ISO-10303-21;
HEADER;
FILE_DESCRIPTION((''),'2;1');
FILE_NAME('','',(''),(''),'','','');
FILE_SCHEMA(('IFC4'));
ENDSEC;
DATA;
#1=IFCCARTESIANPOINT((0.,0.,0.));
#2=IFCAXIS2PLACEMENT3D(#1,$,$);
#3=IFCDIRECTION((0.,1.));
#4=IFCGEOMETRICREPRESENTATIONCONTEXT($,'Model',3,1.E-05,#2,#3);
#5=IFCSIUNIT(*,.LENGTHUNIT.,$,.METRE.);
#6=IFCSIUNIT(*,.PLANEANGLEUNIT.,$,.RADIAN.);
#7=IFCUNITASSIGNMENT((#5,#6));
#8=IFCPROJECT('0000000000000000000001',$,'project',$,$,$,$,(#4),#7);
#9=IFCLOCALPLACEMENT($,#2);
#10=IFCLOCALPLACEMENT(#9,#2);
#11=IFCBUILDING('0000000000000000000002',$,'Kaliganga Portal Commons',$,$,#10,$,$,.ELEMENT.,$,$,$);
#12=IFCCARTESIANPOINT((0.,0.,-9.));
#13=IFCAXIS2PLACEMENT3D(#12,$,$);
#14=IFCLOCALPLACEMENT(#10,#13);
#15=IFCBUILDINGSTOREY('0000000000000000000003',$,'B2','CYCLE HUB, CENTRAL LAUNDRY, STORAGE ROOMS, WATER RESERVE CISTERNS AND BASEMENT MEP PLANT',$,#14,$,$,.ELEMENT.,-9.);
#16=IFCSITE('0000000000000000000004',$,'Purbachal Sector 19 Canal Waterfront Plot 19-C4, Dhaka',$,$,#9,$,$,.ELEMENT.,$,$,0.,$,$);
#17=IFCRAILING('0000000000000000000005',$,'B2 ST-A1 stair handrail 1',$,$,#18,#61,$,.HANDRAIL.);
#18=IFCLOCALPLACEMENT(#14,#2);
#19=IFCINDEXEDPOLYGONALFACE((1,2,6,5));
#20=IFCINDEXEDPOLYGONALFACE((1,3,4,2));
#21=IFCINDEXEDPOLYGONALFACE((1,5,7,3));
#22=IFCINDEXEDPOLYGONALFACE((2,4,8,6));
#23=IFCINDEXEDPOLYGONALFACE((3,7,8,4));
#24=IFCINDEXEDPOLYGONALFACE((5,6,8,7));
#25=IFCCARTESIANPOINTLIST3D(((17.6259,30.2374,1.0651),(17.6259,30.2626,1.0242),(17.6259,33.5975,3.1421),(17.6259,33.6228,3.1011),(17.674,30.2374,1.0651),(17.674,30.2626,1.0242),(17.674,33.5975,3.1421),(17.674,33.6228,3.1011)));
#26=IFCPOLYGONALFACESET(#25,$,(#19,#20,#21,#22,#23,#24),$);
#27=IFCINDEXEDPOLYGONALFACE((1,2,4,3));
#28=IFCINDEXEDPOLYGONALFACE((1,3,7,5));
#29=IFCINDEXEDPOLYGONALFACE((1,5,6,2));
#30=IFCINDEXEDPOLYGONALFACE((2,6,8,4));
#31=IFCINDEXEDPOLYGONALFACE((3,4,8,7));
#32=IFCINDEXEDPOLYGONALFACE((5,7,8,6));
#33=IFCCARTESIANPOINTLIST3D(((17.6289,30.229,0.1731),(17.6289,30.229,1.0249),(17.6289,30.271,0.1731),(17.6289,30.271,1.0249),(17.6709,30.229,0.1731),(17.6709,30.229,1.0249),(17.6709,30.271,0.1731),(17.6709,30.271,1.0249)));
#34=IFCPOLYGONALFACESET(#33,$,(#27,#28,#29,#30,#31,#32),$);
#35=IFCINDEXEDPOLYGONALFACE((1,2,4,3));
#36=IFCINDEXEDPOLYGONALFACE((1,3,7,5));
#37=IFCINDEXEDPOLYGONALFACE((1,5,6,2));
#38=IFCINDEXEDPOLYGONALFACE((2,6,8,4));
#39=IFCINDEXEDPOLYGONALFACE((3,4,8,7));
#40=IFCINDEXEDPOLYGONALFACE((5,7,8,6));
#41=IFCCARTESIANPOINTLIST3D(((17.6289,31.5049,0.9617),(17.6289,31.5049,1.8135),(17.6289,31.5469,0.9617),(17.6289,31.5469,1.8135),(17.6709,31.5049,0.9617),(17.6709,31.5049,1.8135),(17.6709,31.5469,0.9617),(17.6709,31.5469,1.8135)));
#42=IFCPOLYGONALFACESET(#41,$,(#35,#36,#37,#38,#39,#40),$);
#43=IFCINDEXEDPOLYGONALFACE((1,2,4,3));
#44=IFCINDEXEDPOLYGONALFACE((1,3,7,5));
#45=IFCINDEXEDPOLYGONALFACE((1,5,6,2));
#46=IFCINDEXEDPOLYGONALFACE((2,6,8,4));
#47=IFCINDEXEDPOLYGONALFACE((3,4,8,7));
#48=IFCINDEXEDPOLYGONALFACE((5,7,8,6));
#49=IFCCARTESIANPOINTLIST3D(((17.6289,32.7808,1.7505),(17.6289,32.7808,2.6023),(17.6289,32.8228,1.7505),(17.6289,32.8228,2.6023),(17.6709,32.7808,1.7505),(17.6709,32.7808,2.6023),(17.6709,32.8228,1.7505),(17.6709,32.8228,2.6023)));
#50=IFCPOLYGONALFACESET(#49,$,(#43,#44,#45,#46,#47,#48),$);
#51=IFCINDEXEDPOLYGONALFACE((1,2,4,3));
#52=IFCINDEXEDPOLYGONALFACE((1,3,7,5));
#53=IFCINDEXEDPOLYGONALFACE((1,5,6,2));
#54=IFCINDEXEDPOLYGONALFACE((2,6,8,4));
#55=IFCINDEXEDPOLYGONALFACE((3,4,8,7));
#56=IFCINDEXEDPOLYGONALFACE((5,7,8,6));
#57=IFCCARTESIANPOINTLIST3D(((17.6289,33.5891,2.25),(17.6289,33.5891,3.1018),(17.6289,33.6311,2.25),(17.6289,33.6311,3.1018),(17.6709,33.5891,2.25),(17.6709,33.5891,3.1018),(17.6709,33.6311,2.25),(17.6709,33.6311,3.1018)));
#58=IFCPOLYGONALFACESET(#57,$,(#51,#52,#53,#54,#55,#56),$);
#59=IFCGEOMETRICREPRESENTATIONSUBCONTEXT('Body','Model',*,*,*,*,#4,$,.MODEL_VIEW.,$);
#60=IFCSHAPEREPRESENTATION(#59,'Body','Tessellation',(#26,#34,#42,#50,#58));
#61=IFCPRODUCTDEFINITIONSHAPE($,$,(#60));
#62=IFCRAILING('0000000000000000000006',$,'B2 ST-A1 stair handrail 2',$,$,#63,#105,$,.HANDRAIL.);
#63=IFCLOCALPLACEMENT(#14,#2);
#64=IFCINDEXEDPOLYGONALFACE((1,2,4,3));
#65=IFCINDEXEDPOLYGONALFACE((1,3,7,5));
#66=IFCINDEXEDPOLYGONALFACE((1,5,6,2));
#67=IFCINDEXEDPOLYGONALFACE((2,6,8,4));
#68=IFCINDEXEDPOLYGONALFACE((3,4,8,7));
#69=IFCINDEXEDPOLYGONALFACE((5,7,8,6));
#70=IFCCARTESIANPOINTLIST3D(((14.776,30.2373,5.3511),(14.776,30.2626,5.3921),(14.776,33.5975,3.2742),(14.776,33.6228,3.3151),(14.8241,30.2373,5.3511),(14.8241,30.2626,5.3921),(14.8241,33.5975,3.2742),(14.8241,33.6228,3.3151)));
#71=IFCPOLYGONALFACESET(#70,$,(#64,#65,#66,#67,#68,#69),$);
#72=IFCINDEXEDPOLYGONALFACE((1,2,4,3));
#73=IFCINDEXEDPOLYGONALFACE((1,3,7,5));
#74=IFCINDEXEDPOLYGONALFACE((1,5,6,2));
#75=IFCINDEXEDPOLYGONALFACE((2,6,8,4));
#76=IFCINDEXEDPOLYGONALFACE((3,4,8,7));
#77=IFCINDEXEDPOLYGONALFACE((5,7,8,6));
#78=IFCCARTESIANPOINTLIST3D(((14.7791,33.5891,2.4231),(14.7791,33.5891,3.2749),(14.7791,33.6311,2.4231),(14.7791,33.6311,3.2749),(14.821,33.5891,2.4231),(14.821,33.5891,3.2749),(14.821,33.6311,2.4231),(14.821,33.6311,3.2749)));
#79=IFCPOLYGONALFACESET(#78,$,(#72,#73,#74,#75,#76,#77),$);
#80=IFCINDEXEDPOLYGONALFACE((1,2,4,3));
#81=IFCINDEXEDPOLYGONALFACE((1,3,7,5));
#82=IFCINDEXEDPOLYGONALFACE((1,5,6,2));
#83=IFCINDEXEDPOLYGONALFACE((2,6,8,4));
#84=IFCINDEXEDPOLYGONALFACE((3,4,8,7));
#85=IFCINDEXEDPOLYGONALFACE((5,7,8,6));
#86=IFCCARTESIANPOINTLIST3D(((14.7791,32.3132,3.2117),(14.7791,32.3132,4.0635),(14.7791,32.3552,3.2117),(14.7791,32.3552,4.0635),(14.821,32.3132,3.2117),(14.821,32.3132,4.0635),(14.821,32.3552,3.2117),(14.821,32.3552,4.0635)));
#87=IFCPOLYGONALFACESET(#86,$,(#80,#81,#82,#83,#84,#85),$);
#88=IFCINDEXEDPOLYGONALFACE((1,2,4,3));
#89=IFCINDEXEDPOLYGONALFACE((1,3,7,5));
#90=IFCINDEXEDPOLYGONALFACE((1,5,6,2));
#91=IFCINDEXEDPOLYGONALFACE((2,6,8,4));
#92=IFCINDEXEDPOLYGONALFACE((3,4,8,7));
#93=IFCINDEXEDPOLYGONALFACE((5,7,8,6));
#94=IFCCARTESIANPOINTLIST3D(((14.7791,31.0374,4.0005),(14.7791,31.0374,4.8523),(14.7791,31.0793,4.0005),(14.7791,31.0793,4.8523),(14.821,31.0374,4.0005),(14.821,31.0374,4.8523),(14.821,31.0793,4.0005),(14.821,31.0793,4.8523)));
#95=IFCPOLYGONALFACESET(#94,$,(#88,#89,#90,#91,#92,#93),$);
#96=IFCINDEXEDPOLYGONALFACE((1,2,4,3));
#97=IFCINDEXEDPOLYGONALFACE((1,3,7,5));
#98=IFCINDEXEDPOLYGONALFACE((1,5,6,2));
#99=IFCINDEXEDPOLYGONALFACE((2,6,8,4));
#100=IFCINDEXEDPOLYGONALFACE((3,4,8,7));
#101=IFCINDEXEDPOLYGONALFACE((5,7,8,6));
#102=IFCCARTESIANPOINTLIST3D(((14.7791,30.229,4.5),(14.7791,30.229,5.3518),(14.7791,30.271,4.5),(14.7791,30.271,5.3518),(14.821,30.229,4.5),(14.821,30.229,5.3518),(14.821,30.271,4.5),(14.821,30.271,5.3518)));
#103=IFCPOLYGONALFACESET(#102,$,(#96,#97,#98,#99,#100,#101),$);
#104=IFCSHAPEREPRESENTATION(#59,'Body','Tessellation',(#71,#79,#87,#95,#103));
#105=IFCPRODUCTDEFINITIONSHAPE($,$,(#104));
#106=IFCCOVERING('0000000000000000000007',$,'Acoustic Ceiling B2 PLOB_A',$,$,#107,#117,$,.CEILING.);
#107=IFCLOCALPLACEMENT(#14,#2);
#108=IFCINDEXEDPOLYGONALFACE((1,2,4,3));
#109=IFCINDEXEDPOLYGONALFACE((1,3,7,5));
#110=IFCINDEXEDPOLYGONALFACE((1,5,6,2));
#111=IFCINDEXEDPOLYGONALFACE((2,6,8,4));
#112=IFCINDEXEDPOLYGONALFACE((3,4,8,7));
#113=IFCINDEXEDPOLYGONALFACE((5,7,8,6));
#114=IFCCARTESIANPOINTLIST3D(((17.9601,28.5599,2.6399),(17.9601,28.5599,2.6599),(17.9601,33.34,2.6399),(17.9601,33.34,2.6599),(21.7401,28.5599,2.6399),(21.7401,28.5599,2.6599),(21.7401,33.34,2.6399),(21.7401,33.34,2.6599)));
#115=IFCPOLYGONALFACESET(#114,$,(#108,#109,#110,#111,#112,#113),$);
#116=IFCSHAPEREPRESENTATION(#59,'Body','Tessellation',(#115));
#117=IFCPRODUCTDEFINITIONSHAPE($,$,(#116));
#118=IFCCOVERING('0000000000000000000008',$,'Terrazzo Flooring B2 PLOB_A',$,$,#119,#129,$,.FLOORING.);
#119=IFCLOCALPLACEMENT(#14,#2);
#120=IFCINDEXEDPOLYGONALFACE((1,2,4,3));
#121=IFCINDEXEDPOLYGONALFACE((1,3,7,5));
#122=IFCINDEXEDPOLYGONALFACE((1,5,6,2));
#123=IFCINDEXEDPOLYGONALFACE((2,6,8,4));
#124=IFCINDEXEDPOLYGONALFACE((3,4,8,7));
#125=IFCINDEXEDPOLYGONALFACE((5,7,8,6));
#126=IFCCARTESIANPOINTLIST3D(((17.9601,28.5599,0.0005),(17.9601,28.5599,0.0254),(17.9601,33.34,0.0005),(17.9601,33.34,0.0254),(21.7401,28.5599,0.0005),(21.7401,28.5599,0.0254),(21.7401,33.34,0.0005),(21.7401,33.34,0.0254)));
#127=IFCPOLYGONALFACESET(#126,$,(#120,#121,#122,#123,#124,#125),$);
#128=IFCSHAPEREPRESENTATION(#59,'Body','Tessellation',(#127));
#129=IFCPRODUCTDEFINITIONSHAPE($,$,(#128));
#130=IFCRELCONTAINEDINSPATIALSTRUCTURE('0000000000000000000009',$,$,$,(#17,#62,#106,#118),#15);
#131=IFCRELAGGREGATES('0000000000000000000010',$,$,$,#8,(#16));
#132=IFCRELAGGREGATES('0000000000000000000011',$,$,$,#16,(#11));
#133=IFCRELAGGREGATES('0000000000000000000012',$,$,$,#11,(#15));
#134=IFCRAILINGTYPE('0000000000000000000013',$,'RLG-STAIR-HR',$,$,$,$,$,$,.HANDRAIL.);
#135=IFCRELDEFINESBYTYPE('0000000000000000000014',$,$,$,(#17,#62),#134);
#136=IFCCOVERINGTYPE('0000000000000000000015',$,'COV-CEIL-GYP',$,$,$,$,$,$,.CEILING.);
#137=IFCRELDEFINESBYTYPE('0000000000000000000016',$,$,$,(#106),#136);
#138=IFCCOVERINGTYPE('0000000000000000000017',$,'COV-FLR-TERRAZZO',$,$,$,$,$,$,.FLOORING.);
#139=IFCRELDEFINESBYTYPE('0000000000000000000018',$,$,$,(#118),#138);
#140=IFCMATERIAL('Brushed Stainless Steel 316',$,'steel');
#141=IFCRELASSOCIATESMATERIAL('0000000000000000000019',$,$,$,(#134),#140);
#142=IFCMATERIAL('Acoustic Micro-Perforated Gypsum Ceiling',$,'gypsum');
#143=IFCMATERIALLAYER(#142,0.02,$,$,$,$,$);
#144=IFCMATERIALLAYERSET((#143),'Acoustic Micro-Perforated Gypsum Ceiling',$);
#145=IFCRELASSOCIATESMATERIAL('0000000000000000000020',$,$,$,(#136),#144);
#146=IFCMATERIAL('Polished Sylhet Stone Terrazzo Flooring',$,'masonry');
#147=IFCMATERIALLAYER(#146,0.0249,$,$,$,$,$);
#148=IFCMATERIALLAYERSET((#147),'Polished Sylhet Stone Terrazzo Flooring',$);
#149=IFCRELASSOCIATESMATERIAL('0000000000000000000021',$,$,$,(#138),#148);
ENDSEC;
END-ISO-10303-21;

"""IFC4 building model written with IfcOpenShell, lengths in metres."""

from ifc_helpers import new_model, si_unit, direction, frame, origin, origin_2d, place, context, subcontext, project, spatial, rectangle, extrude, source, transform, mapped, material, layer, layer_set, type_object, element, save


model = new_model("IFC4")

# Units and contexts
model_context = context("Model", 3, precision=1e-05, world=origin(), true_north=direction((0.0, 1.0)))
body_context = subcontext(model_context, "Body", "Model", "MODEL_VIEW")
ifc_project = project(units=[si_unit("LENGTHUNIT", "METRE"), si_unit("PLANEANGLEUNIT", "RADIAN")], contexts=[model_context])

# Site, building, storey
site_placement = place(None, origin())
site = spatial("IfcSite", under=ifc_project, at=site_placement, Name="Purbachal Sector 19 Canal Waterfront Plot 19-C4, Dhaka", CompositionType="ELEMENT", RefElevation=0.0)
building_placement = place(site_placement, origin())
building = spatial("IfcBuilding", under=site, at=building_placement, Name="Kaliganga Portal Commons", CompositionType="ELEMENT")
storey_placement = place(building_placement, frame((0.0, 0.0, -9.0)))
storey = spatial("IfcBuildingStorey", under=building, at=storey_placement, Name="B2", Description="CYCLE HUB, CENTRAL LAUNDRY, STORAGE ROOMS, WATER RESERVE CISTERNS AND BASEMENT MEP PLANT", CompositionType="ELEMENT", Elevation=-9.0)

# Railings
ifc_material_1 = material(Name="Brushed Stainless Steel 316", Category="steel")
railing_type_1 = type_object("IfcRailingType", Name="RLG-STAIR-HR", PredefinedType="HANDRAIL", material=ifc_material_1)
railing_1_placement = place(storey_placement, frame((17.6499, 30.25, 0.1731)))
element("IfcRailing", 1, at=railing_1_placement, inside=storey, type_object=railing_type_1, Name="B2 ST-A1 stair handrail 1", PredefinedType="HANDRAIL", context=body_context, shape_type="SweptSolid", body=[
    extrude(rectangle(XDim=0.0481, YDim=0.0481, at=origin_2d()), frame((0.0, 0.0, 0.8716), z_axis=(0.0, 0.850623, 0.525776), x_axis=(-1.0, 0.0, 0.0)), (0.0, 0.0, 1.0), 3.9502),
    extrude(rectangle(XDim=0.042, YDim=0.042, at=origin_2d()), origin(), (0.0, 0.0, 1.0), 0.8518),
    extrude(rectangle(XDim=0.042, YDim=0.042, at=origin_2d()), frame((0.0, 1.2759, 0.7886)), (0.0, 0.0, 1.0), 0.8518),
    extrude(rectangle(XDim=0.042, YDim=0.042, at=origin_2d()), frame((0.0, 2.5518, 1.5774)), (0.0, 0.0, 1.0), 0.8518),
    extrude(rectangle(XDim=0.042, YDim=0.042, at=origin_2d()), frame((0.0, 3.3601, 2.0769)), (0.0, 0.0, 1.0), 0.8518),
])
railing_2_placement = place(storey_placement, frame((14.8, 33.6101, 2.4231)))
element("IfcRailing", 2, at=railing_2_placement, inside=storey, type_object=railing_type_1, Name="B2 ST-A1 stair handrail 2", PredefinedType="HANDRAIL", context=body_context, shape_type="SweptSolid", body=[
    extrude(rectangle(XDim=0.0481, YDim=0.0481, at=origin_2d()), frame((0.0, 0.0, 0.8716), z_axis=(0.0, -0.850623, 0.525776), x_axis=(1.0, 0.0, 0.0)), (0.0, 0.0, 1.0), 3.9502),
    extrude(rectangle(XDim=0.042, YDim=0.042, at=origin_2d()), origin(), (0.0, 0.0, 1.0), 0.8518),
    extrude(rectangle(XDim=0.042, YDim=0.042, at=origin_2d()), frame((0.0, -1.2759, 0.7886)), (0.0, 0.0, 1.0), 0.8518),
    extrude(rectangle(XDim=0.042, YDim=0.042, at=origin_2d()), frame((0.0, -2.5518, 1.5774)), (0.0, 0.0, 1.0), 0.8518),
    extrude(rectangle(XDim=0.042, YDim=0.042, at=origin_2d()), frame((0.0, -3.3601, 2.0769)), (0.0, 0.0, 1.0), 0.8518),
])

# Coverings
ifc_material_2 = material(Name="Acoustic Micro-Perforated Gypsum Ceiling", Category="gypsum")
ifc_layer_1 = layer(ifc_material_2, 0.02)
ifc_layer_set_1 = layer_set([ifc_layer_1], Name="Acoustic Micro-Perforated Gypsum Ceiling")
covering_type_1 = type_object("IfcCoveringType", Name="COV-CEIL-GYP", PredefinedType="CEILING", material=ifc_layer_set_1)
shared_shape_1 = source(origin(), body_context, "Body", "SweptSolid", [
    extrude(rectangle(XDim=3.78, YDim=4.78, at=origin_2d()), origin(), (0.0, 0.0, 1.0), 0.02),
])
covering_1_placement = place(storey_placement, frame((19.8501, 30.95, 2.6399), z_axis=(0.0, 0.0, 1.0), x_axis=(1.0, 0.0, 0.0)))
element("IfcCovering", 3, at=covering_1_placement, inside=storey, type_object=covering_type_1, Name="Acoustic Ceiling B2 PLOB_A", PredefinedType="CEILING", context=body_context, shape_type="MappedRepresentation", body=[
    mapped(shared_shape_1, transform((0.0, 0.0, 0.0), x_axis=(1.0, 0.0, 0.0), y_axis=(0.0, 1.0, 0.0), z_axis=(0.0, 0.0, 1.0), scale=1.0)),
])
ifc_material_3 = material(Name="Polished Sylhet Stone Terrazzo Flooring", Category="masonry")
ifc_layer_2 = layer(ifc_material_3, 0.0249)
ifc_layer_set_2 = layer_set([ifc_layer_2], Name="Polished Sylhet Stone Terrazzo Flooring")
covering_type_2 = type_object("IfcCoveringType", Name="COV-FLR-TERRAZZO", PredefinedType="FLOORING", material=ifc_layer_set_2)
shared_shape_2 = source(origin(), body_context, "Body", "SweptSolid", [
    extrude(rectangle(XDim=3.78, YDim=4.78, at=origin_2d()), origin(), (0.0, 0.0, 1.0), 0.0249),
])
covering_2_placement = place(storey_placement, frame((19.8501, 30.95, 0.0005), z_axis=(0.0, 0.0, 1.0), x_axis=(1.0, 0.0, 0.0)))
element("IfcCovering", 4, at=covering_2_placement, inside=storey, type_object=covering_type_2, Name="Terrazzo Flooring B2 PLOB_A", PredefinedType="FLOORING", context=body_context, shape_type="MappedRepresentation", body=[
    mapped(shared_shape_2, transform((0.0, 0.0, 0.0), x_axis=(1.0, 0.0, 0.0), y_axis=(0.0, 1.0, 0.0), z_axis=(0.0, 0.0, 1.0), scale=1.0)),
])

save(model, "model.ifc")
